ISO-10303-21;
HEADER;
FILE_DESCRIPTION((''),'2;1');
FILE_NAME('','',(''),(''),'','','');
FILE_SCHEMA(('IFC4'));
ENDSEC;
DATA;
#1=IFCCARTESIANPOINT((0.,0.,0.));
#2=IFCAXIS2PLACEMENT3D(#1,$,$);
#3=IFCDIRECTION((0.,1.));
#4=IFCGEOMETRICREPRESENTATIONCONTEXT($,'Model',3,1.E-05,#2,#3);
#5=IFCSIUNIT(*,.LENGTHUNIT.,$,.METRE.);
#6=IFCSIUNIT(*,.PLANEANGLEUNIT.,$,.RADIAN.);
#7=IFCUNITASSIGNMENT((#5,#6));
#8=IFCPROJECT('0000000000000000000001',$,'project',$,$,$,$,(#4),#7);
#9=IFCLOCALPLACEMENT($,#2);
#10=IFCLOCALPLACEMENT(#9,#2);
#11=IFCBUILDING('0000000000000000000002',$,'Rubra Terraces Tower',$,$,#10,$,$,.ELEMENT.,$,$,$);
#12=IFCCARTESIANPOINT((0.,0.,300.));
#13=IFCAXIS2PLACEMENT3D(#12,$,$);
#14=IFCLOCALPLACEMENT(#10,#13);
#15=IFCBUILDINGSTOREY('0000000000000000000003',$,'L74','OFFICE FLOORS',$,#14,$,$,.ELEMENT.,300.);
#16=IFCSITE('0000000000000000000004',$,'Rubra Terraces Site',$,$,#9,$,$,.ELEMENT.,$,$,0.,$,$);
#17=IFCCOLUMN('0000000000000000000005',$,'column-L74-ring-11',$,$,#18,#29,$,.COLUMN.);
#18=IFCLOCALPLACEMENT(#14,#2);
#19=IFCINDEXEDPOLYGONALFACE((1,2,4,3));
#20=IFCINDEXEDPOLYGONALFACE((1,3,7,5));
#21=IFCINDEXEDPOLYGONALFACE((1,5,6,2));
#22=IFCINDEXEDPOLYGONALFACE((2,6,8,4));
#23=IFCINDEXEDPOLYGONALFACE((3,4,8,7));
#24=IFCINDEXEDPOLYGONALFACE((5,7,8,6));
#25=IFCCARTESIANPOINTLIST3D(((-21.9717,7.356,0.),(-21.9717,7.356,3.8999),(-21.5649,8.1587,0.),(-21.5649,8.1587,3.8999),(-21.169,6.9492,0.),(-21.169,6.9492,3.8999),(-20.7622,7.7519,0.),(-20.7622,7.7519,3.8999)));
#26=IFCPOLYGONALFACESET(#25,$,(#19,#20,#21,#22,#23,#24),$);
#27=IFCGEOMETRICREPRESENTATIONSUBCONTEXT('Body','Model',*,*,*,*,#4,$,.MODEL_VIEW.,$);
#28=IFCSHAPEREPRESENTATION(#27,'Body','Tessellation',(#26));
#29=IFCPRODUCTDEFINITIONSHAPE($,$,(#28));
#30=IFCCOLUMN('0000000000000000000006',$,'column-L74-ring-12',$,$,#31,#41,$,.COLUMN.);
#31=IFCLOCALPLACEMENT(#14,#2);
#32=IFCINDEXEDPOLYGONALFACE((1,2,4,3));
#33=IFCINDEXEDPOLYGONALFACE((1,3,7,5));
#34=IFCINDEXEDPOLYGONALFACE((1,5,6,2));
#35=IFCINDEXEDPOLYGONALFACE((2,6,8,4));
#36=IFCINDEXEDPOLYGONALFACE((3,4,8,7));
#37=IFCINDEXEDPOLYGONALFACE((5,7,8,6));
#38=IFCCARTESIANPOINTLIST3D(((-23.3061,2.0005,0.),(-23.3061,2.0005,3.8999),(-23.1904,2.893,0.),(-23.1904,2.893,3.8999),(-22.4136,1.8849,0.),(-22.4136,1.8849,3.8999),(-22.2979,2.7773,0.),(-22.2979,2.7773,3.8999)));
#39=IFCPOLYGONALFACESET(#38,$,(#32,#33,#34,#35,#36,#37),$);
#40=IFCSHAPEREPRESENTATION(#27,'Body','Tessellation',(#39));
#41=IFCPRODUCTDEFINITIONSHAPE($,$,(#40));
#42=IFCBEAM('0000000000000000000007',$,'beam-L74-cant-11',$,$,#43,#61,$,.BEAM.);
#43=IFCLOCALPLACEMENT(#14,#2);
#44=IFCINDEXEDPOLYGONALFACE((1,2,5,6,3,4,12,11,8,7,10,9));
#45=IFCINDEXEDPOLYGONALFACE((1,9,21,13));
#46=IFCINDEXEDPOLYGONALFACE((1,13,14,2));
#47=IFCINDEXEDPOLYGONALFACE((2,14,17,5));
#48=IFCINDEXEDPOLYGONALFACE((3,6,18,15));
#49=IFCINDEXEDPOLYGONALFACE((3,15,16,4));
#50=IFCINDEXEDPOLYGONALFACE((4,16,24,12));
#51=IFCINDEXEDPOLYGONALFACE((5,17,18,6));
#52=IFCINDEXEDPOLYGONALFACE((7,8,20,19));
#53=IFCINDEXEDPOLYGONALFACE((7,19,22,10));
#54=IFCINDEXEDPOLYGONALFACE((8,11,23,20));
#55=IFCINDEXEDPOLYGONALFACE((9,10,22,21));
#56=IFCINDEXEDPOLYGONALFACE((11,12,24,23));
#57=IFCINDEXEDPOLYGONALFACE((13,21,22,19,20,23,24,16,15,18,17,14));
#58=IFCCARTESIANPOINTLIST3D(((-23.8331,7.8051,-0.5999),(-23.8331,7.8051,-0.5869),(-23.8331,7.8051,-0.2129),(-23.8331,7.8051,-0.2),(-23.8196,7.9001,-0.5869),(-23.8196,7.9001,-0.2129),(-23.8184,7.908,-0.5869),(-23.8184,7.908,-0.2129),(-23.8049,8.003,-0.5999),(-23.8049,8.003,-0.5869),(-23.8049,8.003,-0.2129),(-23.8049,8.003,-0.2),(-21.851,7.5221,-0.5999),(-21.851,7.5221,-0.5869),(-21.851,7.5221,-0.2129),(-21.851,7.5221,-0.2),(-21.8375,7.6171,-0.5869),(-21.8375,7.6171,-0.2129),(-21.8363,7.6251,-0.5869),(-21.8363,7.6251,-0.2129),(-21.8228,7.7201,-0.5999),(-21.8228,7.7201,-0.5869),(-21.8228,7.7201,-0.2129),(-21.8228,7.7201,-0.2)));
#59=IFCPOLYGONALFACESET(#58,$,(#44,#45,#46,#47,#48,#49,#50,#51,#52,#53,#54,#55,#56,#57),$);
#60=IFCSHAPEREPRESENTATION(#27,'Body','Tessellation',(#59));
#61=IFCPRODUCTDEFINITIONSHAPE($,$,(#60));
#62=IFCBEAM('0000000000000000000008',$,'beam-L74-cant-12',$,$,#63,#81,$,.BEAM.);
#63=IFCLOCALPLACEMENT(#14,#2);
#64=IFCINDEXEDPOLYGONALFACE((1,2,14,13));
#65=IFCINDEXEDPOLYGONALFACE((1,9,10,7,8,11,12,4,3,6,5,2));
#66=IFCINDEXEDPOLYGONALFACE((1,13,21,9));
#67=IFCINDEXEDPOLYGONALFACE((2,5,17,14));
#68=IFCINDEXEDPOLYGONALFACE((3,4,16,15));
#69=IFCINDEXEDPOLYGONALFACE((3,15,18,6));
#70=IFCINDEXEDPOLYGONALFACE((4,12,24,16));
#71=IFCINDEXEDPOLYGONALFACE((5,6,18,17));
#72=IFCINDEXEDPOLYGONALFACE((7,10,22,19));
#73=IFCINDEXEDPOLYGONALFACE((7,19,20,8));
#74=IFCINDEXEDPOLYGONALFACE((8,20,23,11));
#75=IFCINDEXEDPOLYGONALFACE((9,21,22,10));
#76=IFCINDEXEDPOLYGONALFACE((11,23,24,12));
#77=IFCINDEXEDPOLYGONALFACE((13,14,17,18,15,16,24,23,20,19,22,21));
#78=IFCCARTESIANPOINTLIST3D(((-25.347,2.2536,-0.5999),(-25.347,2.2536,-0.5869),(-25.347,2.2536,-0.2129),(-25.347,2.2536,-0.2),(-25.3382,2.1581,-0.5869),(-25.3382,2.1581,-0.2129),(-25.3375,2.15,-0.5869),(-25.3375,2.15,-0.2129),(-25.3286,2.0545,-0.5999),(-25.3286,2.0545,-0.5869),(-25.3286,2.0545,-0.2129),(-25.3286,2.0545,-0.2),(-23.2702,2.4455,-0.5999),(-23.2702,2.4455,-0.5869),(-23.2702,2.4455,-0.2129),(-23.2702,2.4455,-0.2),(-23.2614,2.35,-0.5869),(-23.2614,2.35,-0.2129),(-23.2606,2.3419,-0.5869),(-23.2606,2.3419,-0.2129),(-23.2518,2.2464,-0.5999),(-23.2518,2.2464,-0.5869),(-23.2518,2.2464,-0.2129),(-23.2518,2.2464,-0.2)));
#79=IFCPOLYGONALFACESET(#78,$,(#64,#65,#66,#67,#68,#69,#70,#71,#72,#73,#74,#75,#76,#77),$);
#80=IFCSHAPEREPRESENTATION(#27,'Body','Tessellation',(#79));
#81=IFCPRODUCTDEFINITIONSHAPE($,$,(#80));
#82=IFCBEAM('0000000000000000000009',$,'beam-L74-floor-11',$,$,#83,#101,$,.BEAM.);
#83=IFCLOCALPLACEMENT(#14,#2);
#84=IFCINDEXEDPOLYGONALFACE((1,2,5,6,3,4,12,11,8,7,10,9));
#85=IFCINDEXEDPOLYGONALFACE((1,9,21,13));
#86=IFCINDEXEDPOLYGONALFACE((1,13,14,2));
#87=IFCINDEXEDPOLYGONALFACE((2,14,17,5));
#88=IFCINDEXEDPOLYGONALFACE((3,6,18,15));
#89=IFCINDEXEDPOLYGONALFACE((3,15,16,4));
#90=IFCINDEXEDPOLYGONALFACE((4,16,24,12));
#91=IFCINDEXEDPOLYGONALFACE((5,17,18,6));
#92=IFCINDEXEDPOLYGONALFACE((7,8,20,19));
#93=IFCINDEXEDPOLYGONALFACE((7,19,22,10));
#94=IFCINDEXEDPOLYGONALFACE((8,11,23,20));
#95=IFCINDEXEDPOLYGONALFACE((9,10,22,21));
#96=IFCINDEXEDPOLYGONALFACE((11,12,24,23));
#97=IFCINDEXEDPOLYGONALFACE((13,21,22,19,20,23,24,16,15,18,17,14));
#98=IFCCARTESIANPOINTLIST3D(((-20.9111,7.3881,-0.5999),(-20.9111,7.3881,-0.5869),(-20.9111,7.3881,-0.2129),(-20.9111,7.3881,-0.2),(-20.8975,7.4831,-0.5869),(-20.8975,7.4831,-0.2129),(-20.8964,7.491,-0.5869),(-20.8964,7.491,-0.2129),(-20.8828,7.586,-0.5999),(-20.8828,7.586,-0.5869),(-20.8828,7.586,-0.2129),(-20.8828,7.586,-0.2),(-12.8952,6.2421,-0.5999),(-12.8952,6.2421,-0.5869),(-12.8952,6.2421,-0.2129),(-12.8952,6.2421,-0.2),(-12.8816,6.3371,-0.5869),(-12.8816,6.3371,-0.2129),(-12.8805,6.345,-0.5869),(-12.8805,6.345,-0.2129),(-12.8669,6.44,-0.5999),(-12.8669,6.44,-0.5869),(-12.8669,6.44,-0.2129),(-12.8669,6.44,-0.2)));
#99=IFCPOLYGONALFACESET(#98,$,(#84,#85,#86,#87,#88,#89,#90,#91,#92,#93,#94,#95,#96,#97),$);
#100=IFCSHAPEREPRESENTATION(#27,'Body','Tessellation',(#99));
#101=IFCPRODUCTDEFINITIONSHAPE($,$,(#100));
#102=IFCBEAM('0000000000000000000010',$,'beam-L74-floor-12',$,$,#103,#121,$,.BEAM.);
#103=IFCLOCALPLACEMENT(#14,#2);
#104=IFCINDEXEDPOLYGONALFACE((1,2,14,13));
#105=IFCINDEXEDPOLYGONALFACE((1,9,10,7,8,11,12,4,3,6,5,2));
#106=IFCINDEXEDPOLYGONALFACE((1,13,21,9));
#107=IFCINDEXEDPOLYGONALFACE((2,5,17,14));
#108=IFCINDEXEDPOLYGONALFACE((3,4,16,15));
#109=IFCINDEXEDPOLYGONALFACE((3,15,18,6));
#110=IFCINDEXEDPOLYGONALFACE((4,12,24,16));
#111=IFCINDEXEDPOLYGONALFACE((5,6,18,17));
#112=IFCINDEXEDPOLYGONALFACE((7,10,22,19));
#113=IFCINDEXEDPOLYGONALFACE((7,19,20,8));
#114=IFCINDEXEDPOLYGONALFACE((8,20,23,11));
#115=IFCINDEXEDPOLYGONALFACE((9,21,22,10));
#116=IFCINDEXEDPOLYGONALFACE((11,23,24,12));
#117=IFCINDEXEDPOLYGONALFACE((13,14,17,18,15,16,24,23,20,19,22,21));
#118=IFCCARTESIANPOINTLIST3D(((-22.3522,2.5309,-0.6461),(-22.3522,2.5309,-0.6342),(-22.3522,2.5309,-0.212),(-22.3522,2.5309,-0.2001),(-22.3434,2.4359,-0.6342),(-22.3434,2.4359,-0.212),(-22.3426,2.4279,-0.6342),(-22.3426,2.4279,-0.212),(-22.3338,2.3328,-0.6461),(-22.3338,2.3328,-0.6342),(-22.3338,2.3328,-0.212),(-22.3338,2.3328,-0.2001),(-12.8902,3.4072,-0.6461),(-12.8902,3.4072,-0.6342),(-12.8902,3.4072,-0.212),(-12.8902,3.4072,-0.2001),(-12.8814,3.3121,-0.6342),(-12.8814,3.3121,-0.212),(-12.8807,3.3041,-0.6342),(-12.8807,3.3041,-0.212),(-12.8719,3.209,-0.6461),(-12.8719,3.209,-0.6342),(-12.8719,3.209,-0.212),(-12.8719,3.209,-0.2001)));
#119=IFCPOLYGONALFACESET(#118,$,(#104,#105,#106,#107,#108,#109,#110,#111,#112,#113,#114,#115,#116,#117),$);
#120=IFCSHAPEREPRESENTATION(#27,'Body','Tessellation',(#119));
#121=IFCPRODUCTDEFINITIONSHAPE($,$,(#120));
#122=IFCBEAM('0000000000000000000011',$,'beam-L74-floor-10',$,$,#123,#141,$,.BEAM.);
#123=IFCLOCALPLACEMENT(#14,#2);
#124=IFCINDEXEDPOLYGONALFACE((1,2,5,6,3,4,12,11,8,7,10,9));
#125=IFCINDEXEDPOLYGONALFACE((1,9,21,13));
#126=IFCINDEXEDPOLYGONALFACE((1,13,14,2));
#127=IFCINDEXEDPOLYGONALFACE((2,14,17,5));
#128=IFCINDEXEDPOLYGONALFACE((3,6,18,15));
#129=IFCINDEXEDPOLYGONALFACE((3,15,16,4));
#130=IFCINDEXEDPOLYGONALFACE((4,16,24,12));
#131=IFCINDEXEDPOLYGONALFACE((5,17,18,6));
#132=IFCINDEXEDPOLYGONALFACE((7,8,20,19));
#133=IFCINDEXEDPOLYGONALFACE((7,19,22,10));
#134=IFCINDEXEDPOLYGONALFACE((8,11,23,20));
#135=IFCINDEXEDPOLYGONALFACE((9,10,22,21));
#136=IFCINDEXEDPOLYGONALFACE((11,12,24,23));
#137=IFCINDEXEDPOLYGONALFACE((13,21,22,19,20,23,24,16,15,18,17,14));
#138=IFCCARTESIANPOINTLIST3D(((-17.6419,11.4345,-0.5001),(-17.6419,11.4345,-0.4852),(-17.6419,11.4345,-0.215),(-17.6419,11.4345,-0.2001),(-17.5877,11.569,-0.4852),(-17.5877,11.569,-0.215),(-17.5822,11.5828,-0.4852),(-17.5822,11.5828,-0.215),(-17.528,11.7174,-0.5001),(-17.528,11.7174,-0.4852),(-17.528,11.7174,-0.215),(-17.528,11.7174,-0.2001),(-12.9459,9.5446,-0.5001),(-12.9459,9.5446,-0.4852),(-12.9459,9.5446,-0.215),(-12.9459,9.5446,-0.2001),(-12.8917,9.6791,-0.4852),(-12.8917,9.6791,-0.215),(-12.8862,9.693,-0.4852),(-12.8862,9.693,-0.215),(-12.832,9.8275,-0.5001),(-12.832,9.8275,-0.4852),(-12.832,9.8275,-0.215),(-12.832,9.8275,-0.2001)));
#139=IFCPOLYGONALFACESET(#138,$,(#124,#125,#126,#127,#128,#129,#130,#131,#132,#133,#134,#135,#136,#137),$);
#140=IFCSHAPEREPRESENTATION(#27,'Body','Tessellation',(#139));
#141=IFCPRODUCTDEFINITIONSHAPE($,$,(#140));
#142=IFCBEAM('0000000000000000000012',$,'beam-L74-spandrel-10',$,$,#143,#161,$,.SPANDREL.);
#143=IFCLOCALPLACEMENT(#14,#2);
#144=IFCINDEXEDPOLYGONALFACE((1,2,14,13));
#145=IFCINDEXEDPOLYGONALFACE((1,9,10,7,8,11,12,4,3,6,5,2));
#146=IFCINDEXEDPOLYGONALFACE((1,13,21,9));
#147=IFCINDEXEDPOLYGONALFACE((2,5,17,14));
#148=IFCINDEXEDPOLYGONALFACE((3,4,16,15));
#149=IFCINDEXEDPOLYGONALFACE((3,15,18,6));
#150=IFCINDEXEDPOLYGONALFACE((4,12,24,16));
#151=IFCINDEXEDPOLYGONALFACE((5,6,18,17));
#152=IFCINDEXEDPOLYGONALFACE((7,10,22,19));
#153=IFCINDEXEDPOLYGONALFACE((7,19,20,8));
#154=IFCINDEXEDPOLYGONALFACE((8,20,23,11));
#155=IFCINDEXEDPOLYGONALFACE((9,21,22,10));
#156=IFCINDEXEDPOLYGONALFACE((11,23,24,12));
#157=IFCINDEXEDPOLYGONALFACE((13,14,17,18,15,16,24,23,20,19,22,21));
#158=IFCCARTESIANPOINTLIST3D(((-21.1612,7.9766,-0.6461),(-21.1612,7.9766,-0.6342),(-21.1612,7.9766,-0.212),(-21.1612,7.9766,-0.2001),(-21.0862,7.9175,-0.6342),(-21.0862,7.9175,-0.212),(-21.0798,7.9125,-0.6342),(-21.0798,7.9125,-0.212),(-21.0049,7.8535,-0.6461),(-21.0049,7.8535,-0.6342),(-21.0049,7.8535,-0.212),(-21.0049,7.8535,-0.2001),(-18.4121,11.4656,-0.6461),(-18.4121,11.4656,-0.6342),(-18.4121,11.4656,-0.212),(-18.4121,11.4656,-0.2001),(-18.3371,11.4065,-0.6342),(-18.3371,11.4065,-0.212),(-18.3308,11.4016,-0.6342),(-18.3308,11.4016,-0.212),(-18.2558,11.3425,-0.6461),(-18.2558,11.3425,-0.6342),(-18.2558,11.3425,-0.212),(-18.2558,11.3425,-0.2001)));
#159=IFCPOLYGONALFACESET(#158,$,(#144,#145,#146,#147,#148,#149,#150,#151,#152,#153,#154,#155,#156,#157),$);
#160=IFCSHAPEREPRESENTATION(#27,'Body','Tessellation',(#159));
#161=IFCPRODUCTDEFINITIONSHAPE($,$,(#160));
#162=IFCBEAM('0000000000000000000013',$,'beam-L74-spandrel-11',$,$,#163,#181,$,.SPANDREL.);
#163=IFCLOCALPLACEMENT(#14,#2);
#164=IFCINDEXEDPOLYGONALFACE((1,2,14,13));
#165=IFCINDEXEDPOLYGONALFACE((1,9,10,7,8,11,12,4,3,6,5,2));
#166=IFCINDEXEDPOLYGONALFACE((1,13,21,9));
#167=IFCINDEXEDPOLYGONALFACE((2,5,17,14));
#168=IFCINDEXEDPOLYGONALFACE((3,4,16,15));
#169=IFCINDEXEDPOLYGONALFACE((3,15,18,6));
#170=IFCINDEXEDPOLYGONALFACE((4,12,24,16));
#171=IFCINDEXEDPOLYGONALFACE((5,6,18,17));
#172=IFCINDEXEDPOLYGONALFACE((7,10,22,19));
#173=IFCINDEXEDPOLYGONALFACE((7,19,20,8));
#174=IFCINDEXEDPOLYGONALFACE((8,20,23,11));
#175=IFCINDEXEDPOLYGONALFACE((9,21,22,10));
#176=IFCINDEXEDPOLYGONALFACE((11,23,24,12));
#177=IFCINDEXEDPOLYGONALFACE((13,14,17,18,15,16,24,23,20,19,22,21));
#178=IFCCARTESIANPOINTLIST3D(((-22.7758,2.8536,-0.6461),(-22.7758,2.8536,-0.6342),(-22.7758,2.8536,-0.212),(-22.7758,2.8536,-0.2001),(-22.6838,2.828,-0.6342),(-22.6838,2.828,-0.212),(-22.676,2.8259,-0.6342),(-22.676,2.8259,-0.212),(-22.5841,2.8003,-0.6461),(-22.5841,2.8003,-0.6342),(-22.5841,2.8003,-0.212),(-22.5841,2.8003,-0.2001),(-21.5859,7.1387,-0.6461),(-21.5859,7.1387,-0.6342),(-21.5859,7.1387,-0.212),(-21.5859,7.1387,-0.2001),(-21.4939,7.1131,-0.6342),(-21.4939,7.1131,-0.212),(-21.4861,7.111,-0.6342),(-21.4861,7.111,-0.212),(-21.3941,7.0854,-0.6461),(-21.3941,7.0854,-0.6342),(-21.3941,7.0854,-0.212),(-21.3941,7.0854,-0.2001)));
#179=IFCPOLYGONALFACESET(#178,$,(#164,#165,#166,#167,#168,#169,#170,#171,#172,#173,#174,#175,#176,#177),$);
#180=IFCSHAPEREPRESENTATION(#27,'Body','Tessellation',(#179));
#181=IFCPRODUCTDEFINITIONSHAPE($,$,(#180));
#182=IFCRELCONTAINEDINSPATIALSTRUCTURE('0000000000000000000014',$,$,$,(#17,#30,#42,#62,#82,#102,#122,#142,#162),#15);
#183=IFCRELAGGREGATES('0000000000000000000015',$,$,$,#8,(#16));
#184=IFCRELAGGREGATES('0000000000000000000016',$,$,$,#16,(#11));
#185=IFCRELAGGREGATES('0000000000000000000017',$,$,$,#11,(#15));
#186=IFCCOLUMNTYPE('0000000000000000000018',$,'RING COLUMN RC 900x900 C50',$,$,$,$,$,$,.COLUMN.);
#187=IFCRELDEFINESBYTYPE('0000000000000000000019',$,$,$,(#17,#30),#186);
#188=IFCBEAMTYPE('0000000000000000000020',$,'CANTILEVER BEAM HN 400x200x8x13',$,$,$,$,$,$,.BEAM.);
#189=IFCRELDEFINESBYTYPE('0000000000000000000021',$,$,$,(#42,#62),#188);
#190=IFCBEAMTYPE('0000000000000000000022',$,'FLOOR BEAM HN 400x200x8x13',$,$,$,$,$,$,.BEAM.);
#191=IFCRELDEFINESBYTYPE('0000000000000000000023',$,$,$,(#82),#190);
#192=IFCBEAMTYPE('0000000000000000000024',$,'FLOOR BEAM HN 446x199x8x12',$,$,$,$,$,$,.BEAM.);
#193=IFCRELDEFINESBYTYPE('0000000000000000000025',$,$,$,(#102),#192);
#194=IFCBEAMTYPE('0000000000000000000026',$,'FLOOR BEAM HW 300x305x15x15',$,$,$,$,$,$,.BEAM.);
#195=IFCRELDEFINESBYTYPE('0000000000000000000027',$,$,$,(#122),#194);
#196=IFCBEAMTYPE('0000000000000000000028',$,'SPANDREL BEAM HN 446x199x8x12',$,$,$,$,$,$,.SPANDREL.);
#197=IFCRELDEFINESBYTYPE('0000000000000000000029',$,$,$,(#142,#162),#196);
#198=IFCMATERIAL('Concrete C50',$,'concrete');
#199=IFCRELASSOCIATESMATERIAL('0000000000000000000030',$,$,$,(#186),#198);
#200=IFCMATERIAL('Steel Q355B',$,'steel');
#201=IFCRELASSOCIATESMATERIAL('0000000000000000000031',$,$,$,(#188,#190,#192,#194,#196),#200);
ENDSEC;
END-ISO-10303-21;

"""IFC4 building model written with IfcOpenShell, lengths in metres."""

from ifc_helpers import new_model, si_unit, direction, frame, origin, origin_2d, place, context, subcontext, project, spatial, rectangle, i_section, extrude, material, material_profile, profile_set, type_object, element, save


model = new_model("IFC4")

# Units and contexts
model_context = context("Model", 3, precision=1e-05, world=origin(), true_north=direction((0.0, 1.0)))
body_context = subcontext(model_context, "Body", "Model", "MODEL_VIEW")
ifc_project = project(units=[si_unit("LENGTHUNIT", "METRE"), si_unit("PLANEANGLEUNIT", "RADIAN")], contexts=[model_context])

# Site, building, storey
site_placement = place(None, origin())
site = spatial("IfcSite", under=ifc_project, at=site_placement, Name="Rubra Terraces Site", CompositionType="ELEMENT", RefElevation=0.0)
building_placement = place(site_placement, origin())
building = spatial("IfcBuilding", under=site, at=building_placement, Name="Rubra Terraces Tower", CompositionType="ELEMENT")
storey_placement = place(building_placement, frame((0.0, 0.0, 300.0)))
storey = spatial("IfcBuildingStorey", under=building, at=storey_placement, Name="L74", Description="OFFICE FLOORS", CompositionType="ELEMENT", Elevation=300.0)

# Columns
ifc_material_1 = material(Name="Concrete C50", Category="concrete")
ifc_material_profile_1 = material_profile(ifc_material_1, rectangle(XDim=0.8999, YDim=0.8999, at=origin_2d()), Name="RC 900x900")
ifc_profile_set_1 = profile_set([ifc_material_profile_1], Name="Concrete C50")
column_type = type_object("IfcColumnType", Name="RING COLUMN RC 900x900 C50", PredefinedType="COLUMN", material=ifc_profile_set_1)
for number, where, z_axis, x_axis, name in (
    (1, (-21.3669, 7.554, 0.0), (0.0, 0.0, 1.0), (-0.452079, -0.891978, 0.0), "column-L74-ring-11"),
    (2, (-22.802, 2.3889, 0.0), (0.0, 0.0, 1.0), (-0.128535, -0.991705, 0.0), "column-L74-ring-12"),
):
    element("IfcColumn", number, at=place(storey_placement, frame(where, z_axis=z_axis, x_axis=x_axis)), inside=storey, type_object=column_type, Name=name, PredefinedType="COLUMN", context=body_context, shape_type="SweptSolid", body=[
        extrude(rectangle(XDim=0.8999, YDim=0.8999, at=origin_2d()), origin(), (0.0, 0.0, 1.0), 3.8999),
    ])

# Beams
ifc_material_2 = material(Name="Steel Q355B", Category="steel")
ifc_material_profile_2 = material_profile(ifc_material_2, i_section(OverallWidth=0.2, OverallDepth=0.3999, WebThickness=0.0081, FlangeThickness=0.0129, at=origin_2d()), Name="HN 400x200x8x13")
ifc_profile_set_2 = profile_set([ifc_material_profile_2], Name="Steel Q355B")
beam_type_1 = type_object("IfcBeamType", Name="CANTILEVER BEAM HN 400x200x8x13", PredefinedType="BEAM", material=ifc_profile_set_2)
beam_1_placement = place(storey_placement, frame((-21.8369, 7.6211, -0.3999), z_axis=(-0.989964, 0.141319, 0.0), x_axis=(-0.141319, -0.989964, 0.0)))
element("IfcBeam", 3, at=beam_1_placement, inside=storey, type_object=beam_type_1, Name="beam-L74-cant-11", PredefinedType="BEAM", context=body_context, shape_type="SweptSolid", body=[
    extrude(i_section(OverallWidth=0.2, OverallDepth=0.3999, WebThickness=0.0081, FlangeThickness=0.0129, at=origin_2d()), origin(), (0.0, 0.0, 1.0), 2.0022),
])
beam_2_placement = place(storey_placement, frame((-23.261, 2.3459, -0.3999), z_axis=(-0.995759, -0.092003, 0.0), x_axis=(0.092003, -0.995759, 0.0)))
element("IfcBeam", 4, at=beam_2_placement, inside=storey, type_object=beam_type_1, Name="beam-L74-cant-12", PredefinedType="BEAM", context=body_context, shape_type="SweptSolid", body=[
    extrude(i_section(OverallWidth=0.2, OverallDepth=0.3999, WebThickness=0.0081, FlangeThickness=0.0129, at=origin_2d()), origin(), (0.0, 0.0, 1.0), 2.0857),
])
ifc_material_profile_3 = material_profile(ifc_material_2, i_section(OverallWidth=0.2, OverallDepth=0.3999, WebThickness=0.0081, FlangeThickness=0.0129, at=origin_2d()), Name="HN 400x200x8x13")
ifc_profile_set_3 = profile_set([ifc_material_profile_3], Name="Steel Q355B")
beam_type_2 = type_object("IfcBeamType", Name="FLOOR BEAM HN 400x200x8x13", PredefinedType="BEAM", material=ifc_profile_set_3)
beam_3_placement = place(storey_placement, frame((-20.897, 7.4871, -0.3999), z_axis=(0.989934, -0.141527, 0.0), x_axis=(0.141527, 0.989934, 0.0)))
element("IfcBeam", 5, at=beam_3_placement, inside=storey, type_object=beam_type_2, Name="beam-L74-floor-11", PredefinedType="BEAM", context=body_context, shape_type="SweptSolid", body=[
    extrude(i_section(OverallWidth=0.2, OverallDepth=0.3999, WebThickness=0.0081, FlangeThickness=0.0129, at=origin_2d()), origin(), (0.0, 0.0, 1.0), 8.0974),
])
ifc_material_profile_4 = material_profile(ifc_material_2, i_section(OverallWidth=0.199, OverallDepth=0.446, WebThickness=0.0081, FlangeThickness=0.012, at=origin_2d()), Name="HN 446x199x8x12")
ifc_profile_set_4 = profile_set([ifc_material_profile_4], Name="Steel Q355B")
beam_type_3 = type_object("IfcBeamType", Name="FLOOR BEAM HN 446x199x8x12", PredefinedType="BEAM", material=ifc_profile_set_4)
beam_4_placement = place(storey_placement, frame((-22.343, 2.4319, -0.4231), z_axis=(0.99574, 0.09221, 0.0), x_axis=(-0.09221, 0.99574, 0.0)))
element("IfcBeam", 6, at=beam_4_placement, inside=storey, type_object=beam_type_3, Name="beam-L74-floor-12", PredefinedType="BEAM", context=body_context, shape_type="SweptSolid", body=[
    extrude(i_section(OverallWidth=0.199, OverallDepth=0.446, WebThickness=0.0081, FlangeThickness=0.012, at=origin_2d()), origin(), (0.0, 0.0, 1.0), 9.5024),
])
ifc_material_profile_5 = material_profile(ifc_material_2, i_section(OverallWidth=0.3049, OverallDepth=0.3, WebThickness=0.0149, FlangeThickness=0.0149, at=origin_2d()), Name="HW 300x305x15x15")
ifc_profile_set_5 = profile_set([ifc_material_profile_5], Name="Steel Q355B")
beam_type_4 = type_object("IfcBeamType", Name="FLOOR BEAM HW 300x305x15x15", PredefinedType="BEAM", material=ifc_profile_set_5)
beam_5_placement = place(storey_placement, frame((-17.585, 11.5759, -0.3501), z_axis=(0.927693, -0.373344, 0.0), x_axis=(0.373344, 0.927693, 0.0)))
element("IfcBeam", 7, at=beam_5_placement, inside=storey, type_object=beam_type_4, Name="beam-L74-floor-10", PredefinedType="BEAM", context=body_context, shape_type="SweptSolid", body=[
    extrude(i_section(OverallWidth=0.3049, OverallDepth=0.3, WebThickness=0.0149, FlangeThickness=0.0149, at=origin_2d()), origin(), (0.0, 0.0, 1.0), 5.062),
])
ifc_material_profile_6 = material_profile(ifc_material_2, i_section(OverallWidth=0.199, OverallDepth=0.446, WebThickness=0.0081, FlangeThickness=0.012, at=origin_2d()), Name="HN 446x199x8x12")
ifc_profile_set_6 = profile_set([ifc_material_profile_6], Name="Steel Q355B")
beam_type_5 = type_object("IfcBeamType", Name="SPANDREL BEAM HN 446x199x8x12", PredefinedType="SPANDREL", material=ifc_profile_set_6)
beam_6_placement = place(storey_placement, frame((-18.334, 11.4041, -0.4231), z_axis=(-0.618887, -0.78548, 0.0), x_axis=(0.78548, -0.618887, 0.0)))
element("IfcBeam", 8, at=beam_6_placement, inside=storey, type_object=beam_type_5, Name="beam-L74-spandrel-10", PredefinedType="SPANDREL", context=body_context, shape_type="SweptSolid", body=[
    extrude(i_section(OverallWidth=0.199, OverallDepth=0.446, WebThickness=0.0081, FlangeThickness=0.012, at=origin_2d()), origin(), (0.0, 0.0, 1.0), 4.4419),
])
beam_7_placement = place(storey_placement, frame((-21.49, 7.1121, -0.4231), z_axis=(-0.267565, -0.96354, 0.0), x_axis=(0.96354, -0.267565, 0.0)))
element("IfcBeam", 9, at=beam_7_placement, inside=storey, type_object=beam_type_5, Name="beam-L74-spandrel-11", PredefinedType="SPANDREL", context=body_context, shape_type="SweptSolid", body=[
    extrude(i_section(OverallWidth=0.199, OverallDepth=0.446, WebThickness=0.0081, FlangeThickness=0.012, at=origin_2d()), origin(), (0.0, 0.0, 1.0), 4.4473),
])

save(model, "model.ifc")
